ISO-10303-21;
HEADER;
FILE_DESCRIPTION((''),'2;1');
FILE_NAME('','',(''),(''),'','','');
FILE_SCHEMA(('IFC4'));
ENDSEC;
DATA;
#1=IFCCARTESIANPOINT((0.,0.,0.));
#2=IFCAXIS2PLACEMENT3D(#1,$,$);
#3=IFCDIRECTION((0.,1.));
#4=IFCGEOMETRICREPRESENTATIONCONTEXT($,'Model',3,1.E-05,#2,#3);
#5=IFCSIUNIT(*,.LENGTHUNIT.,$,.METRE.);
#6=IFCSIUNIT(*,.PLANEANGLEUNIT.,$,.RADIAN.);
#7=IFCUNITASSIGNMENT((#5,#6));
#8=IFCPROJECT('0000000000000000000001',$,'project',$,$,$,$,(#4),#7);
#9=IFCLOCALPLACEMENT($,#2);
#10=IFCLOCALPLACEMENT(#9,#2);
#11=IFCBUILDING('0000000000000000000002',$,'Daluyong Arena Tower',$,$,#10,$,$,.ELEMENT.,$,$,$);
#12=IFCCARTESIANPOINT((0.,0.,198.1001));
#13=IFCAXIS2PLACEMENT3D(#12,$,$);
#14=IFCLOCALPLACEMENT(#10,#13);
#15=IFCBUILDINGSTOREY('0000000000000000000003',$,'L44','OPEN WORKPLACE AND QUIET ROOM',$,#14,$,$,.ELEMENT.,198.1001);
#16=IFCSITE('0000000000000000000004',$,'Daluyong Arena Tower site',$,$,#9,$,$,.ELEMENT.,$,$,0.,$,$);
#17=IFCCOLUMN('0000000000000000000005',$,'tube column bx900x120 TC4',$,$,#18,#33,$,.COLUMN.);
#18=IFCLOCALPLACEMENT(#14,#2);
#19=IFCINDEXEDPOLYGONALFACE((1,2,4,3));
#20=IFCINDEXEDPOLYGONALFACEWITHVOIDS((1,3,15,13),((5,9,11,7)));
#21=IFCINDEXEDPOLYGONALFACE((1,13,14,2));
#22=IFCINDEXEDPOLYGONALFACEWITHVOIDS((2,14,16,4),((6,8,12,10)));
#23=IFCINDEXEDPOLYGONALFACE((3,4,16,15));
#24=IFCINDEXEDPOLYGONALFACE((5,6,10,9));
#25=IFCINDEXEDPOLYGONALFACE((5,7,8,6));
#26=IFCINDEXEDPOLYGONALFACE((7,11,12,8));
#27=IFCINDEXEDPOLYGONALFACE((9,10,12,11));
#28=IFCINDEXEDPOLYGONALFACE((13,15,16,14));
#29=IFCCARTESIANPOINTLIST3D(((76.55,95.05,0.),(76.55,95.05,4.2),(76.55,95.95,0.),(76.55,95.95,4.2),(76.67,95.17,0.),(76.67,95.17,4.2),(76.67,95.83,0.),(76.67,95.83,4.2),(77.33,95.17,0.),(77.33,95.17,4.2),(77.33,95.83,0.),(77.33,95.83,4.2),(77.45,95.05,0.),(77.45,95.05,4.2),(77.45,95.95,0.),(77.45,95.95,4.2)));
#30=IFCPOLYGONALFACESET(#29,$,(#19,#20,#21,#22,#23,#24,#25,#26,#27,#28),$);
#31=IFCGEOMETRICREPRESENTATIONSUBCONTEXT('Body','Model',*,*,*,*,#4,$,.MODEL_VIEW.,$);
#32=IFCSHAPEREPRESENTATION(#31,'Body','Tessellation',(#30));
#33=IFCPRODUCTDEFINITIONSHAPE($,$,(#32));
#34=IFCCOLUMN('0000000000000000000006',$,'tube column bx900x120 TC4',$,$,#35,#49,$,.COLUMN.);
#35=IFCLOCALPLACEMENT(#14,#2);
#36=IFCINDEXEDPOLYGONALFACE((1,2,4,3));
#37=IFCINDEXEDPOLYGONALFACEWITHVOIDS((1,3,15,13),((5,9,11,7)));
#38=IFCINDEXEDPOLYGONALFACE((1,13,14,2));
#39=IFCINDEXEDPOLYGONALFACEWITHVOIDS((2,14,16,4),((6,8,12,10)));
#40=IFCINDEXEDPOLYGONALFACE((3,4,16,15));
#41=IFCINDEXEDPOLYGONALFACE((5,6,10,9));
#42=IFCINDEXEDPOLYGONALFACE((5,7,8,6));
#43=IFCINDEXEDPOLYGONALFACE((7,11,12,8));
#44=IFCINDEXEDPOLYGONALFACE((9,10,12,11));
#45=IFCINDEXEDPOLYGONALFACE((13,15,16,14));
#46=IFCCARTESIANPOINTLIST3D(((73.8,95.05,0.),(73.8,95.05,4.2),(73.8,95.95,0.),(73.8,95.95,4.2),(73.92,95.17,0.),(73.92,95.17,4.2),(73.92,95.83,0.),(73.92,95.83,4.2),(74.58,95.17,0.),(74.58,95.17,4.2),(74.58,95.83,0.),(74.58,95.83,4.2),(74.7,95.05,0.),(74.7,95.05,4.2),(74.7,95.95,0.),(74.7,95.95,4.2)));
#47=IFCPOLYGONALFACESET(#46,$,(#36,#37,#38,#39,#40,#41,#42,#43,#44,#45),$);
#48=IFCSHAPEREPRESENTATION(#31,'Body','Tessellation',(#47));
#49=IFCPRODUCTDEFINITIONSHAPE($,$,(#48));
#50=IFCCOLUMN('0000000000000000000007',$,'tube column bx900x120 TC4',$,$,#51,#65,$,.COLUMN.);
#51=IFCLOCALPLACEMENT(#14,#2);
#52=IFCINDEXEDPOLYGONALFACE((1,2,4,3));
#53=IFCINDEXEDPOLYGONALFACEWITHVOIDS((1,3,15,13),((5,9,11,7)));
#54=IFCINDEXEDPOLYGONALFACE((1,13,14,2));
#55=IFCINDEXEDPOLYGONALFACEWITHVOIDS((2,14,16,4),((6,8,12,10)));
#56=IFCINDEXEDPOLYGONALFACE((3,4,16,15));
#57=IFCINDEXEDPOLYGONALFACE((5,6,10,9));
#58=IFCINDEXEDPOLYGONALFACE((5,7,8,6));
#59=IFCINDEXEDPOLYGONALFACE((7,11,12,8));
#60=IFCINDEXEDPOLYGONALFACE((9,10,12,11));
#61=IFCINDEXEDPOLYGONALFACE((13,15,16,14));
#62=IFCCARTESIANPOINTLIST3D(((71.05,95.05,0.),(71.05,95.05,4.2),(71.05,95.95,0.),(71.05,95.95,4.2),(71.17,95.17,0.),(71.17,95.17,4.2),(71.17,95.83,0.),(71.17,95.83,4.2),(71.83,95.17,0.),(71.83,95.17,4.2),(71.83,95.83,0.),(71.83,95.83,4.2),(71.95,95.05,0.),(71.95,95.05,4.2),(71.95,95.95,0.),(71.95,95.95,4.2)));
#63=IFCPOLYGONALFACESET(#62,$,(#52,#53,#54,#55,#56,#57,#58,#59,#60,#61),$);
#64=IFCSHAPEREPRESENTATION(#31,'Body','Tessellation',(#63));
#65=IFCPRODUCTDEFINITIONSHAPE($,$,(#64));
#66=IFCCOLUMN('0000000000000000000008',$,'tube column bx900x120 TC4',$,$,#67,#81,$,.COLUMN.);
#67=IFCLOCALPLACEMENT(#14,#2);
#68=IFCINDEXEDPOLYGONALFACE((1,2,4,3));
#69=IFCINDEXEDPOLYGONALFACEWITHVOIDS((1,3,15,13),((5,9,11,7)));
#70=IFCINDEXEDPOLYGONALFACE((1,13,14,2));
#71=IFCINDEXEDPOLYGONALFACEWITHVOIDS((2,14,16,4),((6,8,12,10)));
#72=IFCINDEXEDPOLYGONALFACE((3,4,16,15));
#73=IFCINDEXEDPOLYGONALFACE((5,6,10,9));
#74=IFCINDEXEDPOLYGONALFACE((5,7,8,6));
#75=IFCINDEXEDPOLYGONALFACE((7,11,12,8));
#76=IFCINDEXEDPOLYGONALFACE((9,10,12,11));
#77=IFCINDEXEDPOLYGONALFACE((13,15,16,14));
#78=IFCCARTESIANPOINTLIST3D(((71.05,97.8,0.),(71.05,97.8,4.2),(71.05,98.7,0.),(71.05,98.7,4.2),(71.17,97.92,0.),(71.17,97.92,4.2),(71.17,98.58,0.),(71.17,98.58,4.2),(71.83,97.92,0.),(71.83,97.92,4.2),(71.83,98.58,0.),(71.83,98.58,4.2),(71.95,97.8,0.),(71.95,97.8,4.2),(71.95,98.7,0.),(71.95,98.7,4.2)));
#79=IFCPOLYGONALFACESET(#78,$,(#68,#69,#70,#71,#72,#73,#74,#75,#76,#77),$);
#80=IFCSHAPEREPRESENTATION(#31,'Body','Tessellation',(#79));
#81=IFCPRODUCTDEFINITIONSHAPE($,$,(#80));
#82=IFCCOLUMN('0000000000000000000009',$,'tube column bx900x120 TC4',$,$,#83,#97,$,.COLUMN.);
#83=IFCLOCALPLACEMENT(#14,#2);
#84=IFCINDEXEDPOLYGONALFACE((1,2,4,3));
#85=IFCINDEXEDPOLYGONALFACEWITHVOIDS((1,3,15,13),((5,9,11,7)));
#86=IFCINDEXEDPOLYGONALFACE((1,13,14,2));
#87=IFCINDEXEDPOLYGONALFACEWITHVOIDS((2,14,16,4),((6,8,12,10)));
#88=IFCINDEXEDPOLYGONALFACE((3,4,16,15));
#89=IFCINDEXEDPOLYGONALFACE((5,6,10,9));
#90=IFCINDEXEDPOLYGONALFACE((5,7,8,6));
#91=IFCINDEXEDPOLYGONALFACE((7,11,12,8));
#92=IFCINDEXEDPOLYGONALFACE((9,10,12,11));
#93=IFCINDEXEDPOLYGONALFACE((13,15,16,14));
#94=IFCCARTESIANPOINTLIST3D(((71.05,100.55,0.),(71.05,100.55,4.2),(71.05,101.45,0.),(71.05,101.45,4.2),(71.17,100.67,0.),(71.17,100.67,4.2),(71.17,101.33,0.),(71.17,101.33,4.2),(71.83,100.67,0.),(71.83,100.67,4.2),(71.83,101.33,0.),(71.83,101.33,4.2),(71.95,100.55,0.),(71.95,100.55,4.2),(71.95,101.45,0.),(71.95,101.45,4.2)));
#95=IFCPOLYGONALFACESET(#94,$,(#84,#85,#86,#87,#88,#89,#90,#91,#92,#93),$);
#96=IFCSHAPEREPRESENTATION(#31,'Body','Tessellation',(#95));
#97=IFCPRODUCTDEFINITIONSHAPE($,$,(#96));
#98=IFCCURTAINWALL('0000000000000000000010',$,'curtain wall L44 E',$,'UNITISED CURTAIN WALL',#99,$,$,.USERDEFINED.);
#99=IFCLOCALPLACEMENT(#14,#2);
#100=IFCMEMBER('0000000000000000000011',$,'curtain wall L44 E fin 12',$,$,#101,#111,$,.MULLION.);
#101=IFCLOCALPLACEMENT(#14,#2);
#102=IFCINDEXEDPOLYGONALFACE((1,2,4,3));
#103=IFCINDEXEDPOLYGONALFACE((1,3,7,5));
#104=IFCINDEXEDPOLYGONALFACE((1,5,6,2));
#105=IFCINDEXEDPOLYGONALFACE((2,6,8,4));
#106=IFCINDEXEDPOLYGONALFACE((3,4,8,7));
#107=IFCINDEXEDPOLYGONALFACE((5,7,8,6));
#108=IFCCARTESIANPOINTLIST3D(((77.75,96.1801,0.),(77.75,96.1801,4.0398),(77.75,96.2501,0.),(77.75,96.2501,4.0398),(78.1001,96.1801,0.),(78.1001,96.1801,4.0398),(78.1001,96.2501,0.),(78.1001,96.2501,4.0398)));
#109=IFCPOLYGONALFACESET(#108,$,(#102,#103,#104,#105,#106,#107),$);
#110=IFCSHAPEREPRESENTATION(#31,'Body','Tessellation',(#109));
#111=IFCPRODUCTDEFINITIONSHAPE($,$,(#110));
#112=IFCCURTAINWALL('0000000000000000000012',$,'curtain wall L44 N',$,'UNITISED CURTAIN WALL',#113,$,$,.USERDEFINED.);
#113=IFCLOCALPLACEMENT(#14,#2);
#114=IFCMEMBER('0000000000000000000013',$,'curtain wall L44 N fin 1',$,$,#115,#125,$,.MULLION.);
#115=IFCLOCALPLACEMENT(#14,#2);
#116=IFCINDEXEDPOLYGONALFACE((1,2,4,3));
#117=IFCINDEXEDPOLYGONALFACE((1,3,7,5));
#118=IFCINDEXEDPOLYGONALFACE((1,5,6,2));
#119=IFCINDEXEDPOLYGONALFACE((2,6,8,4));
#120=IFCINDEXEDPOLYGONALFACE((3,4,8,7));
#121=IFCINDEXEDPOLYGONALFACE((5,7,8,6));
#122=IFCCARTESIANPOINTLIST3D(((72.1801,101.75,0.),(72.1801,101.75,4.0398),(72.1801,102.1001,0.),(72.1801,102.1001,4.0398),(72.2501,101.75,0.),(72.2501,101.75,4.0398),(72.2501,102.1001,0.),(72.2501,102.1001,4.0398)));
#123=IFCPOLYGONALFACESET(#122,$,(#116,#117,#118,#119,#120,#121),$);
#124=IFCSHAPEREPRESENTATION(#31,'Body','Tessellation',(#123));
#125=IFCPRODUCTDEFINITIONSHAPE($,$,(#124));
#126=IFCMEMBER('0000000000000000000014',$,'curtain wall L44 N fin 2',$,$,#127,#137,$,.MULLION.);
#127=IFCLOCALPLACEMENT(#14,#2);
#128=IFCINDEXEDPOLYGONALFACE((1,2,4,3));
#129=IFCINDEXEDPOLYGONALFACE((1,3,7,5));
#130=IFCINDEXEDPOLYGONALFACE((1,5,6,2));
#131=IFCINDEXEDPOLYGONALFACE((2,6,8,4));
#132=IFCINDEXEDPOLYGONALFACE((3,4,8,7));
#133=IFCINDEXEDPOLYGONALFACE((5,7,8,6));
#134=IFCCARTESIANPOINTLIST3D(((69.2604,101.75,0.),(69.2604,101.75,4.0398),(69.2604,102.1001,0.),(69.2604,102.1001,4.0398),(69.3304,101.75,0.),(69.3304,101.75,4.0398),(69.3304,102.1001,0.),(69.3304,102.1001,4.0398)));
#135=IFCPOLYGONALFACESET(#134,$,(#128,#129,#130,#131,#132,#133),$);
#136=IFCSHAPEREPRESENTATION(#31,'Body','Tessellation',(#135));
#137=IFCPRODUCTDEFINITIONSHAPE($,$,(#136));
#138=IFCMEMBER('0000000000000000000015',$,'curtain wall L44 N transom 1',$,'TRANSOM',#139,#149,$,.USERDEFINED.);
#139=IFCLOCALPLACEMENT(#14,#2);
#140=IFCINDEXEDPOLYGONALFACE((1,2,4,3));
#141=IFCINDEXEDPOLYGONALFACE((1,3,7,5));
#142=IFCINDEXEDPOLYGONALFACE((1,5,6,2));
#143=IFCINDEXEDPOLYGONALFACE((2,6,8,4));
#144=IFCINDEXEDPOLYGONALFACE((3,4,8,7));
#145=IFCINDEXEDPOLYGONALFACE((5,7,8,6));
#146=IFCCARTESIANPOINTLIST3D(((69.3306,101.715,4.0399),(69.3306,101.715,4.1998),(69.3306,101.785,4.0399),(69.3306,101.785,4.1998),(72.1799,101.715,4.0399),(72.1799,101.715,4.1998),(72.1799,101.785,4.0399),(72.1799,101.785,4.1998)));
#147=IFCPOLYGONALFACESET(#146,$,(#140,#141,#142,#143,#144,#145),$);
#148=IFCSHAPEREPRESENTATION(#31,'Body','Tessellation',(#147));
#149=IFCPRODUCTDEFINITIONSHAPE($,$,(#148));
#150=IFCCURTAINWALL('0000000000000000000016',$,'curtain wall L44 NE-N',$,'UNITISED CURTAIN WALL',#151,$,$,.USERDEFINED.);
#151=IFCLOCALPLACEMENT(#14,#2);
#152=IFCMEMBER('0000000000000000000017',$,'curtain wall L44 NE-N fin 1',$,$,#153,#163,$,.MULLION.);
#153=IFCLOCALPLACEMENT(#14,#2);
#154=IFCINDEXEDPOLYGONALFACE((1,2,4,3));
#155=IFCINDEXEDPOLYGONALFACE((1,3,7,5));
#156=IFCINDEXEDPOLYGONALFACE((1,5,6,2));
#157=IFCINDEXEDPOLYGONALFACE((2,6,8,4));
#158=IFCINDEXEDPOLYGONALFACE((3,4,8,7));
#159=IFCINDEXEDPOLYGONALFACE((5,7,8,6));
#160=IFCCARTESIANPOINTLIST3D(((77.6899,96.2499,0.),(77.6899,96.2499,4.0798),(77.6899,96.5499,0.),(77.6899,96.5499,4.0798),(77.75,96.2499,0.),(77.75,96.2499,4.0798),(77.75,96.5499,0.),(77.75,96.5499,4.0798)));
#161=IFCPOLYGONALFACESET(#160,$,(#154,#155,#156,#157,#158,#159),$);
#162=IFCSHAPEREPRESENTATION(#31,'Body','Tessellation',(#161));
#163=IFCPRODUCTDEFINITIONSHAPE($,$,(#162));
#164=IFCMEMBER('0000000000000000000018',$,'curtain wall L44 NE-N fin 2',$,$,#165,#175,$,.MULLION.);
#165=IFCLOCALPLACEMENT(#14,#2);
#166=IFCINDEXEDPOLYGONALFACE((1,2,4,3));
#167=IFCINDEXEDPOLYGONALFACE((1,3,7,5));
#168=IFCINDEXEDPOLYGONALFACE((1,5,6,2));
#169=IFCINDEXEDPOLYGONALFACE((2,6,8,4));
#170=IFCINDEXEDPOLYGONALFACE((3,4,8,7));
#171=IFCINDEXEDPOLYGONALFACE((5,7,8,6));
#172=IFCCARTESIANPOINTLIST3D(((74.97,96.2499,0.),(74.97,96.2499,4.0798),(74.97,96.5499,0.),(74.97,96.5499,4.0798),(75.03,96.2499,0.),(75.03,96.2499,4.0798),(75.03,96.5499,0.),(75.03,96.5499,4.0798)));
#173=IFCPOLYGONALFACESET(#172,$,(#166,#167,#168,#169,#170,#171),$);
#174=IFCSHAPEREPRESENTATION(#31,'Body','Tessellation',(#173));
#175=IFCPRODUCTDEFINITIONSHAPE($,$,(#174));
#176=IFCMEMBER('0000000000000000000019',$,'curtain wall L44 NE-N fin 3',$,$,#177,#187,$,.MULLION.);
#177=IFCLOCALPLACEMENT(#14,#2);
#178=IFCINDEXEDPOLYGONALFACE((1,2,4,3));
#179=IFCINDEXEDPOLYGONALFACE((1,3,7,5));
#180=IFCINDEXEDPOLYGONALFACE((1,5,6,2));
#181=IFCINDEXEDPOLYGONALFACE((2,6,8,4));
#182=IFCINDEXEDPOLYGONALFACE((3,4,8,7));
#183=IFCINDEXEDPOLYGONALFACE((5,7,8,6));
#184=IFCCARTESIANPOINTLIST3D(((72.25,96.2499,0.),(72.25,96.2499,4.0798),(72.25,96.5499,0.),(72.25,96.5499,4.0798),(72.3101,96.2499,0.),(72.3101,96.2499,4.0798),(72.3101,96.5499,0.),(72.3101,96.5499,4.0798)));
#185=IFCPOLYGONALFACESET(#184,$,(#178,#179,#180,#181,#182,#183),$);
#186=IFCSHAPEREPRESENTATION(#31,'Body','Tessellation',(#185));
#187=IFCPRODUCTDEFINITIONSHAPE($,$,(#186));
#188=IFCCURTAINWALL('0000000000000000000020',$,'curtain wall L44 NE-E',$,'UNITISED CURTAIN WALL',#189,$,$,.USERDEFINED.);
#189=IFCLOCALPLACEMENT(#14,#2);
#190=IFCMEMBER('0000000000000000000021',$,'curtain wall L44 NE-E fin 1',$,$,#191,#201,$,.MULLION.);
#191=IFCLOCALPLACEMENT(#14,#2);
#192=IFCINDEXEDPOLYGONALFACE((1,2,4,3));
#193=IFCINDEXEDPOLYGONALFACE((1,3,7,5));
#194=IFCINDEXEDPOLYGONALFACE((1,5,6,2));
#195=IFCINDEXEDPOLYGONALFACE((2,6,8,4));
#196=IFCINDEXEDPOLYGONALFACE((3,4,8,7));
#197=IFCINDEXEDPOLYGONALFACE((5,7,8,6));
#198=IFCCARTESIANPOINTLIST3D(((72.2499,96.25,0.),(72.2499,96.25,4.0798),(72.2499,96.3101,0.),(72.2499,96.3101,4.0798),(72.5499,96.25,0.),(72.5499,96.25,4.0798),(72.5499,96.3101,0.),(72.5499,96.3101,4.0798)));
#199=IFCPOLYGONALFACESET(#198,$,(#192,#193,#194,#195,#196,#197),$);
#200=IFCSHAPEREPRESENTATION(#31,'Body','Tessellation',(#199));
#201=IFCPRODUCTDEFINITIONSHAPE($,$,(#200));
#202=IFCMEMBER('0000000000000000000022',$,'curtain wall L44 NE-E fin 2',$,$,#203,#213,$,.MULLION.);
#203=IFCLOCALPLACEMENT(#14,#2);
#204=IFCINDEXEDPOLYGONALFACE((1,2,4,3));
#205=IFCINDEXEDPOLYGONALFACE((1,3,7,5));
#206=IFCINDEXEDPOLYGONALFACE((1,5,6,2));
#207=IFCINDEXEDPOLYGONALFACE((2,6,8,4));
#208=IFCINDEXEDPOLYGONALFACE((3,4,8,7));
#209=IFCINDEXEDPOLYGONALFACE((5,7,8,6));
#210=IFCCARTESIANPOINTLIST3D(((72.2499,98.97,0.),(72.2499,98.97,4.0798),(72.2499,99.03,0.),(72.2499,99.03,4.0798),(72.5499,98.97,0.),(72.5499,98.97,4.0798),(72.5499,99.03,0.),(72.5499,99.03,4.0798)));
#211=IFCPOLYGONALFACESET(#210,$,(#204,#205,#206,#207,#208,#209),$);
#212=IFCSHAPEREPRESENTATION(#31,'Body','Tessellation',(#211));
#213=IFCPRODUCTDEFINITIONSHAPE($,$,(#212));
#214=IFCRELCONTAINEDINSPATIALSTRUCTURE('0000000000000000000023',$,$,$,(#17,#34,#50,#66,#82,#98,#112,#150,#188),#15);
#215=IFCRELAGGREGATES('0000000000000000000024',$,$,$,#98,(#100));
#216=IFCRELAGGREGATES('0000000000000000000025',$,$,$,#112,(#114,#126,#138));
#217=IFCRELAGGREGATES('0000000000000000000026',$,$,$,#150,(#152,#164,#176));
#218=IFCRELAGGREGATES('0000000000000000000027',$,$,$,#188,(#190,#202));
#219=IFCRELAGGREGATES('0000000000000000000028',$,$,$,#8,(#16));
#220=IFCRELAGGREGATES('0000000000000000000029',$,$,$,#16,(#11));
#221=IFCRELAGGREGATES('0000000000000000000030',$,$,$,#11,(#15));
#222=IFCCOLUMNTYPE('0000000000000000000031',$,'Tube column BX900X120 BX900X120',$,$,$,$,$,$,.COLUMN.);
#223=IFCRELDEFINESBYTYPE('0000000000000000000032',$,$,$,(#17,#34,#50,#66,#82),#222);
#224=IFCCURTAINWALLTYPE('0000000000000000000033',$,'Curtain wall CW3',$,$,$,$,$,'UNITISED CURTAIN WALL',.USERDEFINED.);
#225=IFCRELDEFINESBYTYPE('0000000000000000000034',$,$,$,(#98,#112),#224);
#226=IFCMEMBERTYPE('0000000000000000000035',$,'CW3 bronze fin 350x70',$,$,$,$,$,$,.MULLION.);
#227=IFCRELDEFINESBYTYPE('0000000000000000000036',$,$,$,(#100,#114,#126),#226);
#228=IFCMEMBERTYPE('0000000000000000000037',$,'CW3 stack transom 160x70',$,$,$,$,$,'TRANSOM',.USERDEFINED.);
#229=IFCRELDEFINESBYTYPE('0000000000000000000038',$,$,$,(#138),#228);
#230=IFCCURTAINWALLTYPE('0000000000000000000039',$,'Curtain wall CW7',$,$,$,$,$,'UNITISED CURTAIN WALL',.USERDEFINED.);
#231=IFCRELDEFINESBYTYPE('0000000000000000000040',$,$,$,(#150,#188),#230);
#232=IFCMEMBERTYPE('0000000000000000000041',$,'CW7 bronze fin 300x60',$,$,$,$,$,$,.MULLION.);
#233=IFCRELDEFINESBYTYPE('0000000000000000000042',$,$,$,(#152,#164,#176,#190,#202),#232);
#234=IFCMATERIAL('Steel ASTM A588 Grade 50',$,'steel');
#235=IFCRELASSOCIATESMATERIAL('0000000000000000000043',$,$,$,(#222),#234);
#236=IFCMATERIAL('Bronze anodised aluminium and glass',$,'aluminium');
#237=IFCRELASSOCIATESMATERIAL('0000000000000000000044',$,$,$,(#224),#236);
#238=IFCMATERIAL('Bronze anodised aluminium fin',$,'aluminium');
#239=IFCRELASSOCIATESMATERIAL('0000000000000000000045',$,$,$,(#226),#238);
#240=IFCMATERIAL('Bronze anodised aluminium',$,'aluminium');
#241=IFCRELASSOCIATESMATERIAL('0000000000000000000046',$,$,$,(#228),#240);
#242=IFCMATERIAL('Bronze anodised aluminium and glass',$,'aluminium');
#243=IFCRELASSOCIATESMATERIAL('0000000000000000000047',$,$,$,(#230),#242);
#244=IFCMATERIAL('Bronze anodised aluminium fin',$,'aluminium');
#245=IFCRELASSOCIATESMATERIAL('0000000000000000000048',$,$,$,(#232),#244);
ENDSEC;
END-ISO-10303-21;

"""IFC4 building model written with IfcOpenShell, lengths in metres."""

from ifc_helpers import new_model, si_unit, direction, frame, origin, origin_2d, place, context, subcontext, project, spatial, rectangle, hollow_rectangle, extrude, material, material_profile, profile_set, type_object, element, aggregate, save


model = new_model("IFC4")

# Units and contexts
model_context = context("Model", 3, precision=1e-05, world=origin(), true_north=direction((0.0, 1.0)))
body_context = subcontext(model_context, "Body", "Model", "MODEL_VIEW")
ifc_project = project(units=[si_unit("LENGTHUNIT", "METRE"), si_unit("PLANEANGLEUNIT", "RADIAN")], contexts=[model_context])

# Site, building, storey
site_placement = place(None, origin())
site = spatial("IfcSite", under=ifc_project, at=site_placement, Name="Daluyong Arena Tower site", CompositionType="ELEMENT", RefElevation=0.0)
building_placement = place(site_placement, origin())
building = spatial("IfcBuilding", under=site, at=building_placement, Name="Daluyong Arena Tower", CompositionType="ELEMENT")
storey_placement = place(building_placement, frame((0.0, 0.0, 198.1001)))
storey = spatial("IfcBuildingStorey", under=building, at=storey_placement, Name="L44", Description="OPEN WORKPLACE AND QUIET ROOM", CompositionType="ELEMENT", Elevation=198.1001)

# Columns
ifc_material_1 = material(Name="Steel ASTM A588 Grade 50", Category="steel")
ifc_material_profile_1 = material_profile(ifc_material_1, hollow_rectangle(XDim=0.8999, YDim=0.8999, WallThickness=0.12, at=origin_2d()))
ifc_profile_set_1 = profile_set([ifc_material_profile_1], Name="Steel ASTM A588 Grade 50")
column_type = type_object("IfcColumnType", Name="Tube column BX900X120 BX900X120", PredefinedType="COLUMN", material=ifc_profile_set_1)
for number, where, z_axis, x_axis, name in (
    (1, (77.0, 95.5, 0.0), (0.0, 0.0, 1.0), (1.0, 0.0, 0.0), "tube column bx900x120 TC4"),
    (2, (74.25, 95.5, 0.0), (0.0, 0.0, 1.0), (1.0, 0.0, 0.0), "tube column bx900x120 TC4"),
    (3, (71.5, 95.5, 0.0), (0.0, 0.0, 1.0), (0.0, 1.0, 0.0), "tube column bx900x120 TC4"),
    (4, (71.5, 98.25, 0.0), (0.0, 0.0, 1.0), (0.0, 1.0, 0.0), "tube column bx900x120 TC4"),
    (5, (71.5, 101.0, 0.0), (0.0, 0.0, 1.0), (1.0, 0.0, 0.0), "tube column bx900x120 TC4"),
):
    element("IfcColumn", number, at=place(storey_placement, frame(where, z_axis=z_axis, x_axis=x_axis)), inside=storey, type_object=column_type, Name=name, PredefinedType="COLUMN", context=body_context, shape_type="SweptSolid", body=[
        extrude(hollow_rectangle(XDim=0.8999, YDim=0.8999, WallThickness=0.12, at=origin_2d()), origin(), (0.0, 0.0, 1.0), 4.2),
    ])

# Curtain wall, member
ifc_material_2 = material(Name="Bronze anodised aluminium and glass", Category="aluminium")
curtain_wall_type_1 = type_object("IfcCurtainWallType", Name="Curtain wall CW3", ElementType="UNITISED CURTAIN WALL", PredefinedType="USERDEFINED", material=ifc_material_2)
curtain_wall_1_placement = place(storey_placement, origin())
curtain_wall_1 = element("IfcCurtainWall", 6, at=curtain_wall_1_placement, inside=storey, type_object=curtain_wall_type_1, Name="curtain wall L44 E", ObjectType="UNITISED CURTAIN WALL", PredefinedType="USERDEFINED")
ifc_material_3 = material(Name="Bronze anodised aluminium fin", Category="aluminium")
ifc_material_profile_2 = material_profile(ifc_material_3, rectangle(XDim=0.3501, YDim=0.0701, at=origin_2d()))
ifc_profile_set_2 = profile_set([ifc_material_profile_2], Name="Bronze anodised aluminium fin")
member_type_1 = type_object("IfcMemberType", Name="CW3 bronze fin 350x70", PredefinedType="MULLION", material=ifc_profile_set_2)
member_1_placement = place(storey_placement, frame((77.925, 96.2151, 0.0), z_axis=(0.0, 0.0, 1.0), x_axis=(-1.0, 0.0, 0.0)))
member_1 = element("IfcMember", 7, at=member_1_placement, type_object=member_type_1, Name="curtain wall L44 E fin 12", PredefinedType="MULLION", context=body_context, shape_type="SweptSolid", body=[
    extrude(rectangle(XDim=0.3501, YDim=0.0701, at=origin_2d()), origin(), (0.0, 0.0, 1.0), 4.0398),
])

# Curtain walls, members
curtain_wall_2_placement = place(storey_placement, origin())
curtain_wall_2 = element("IfcCurtainWall", 8, at=curtain_wall_2_placement, inside=storey, type_object=curtain_wall_type_1, Name="curtain wall L44 N", ObjectType="UNITISED CURTAIN WALL", PredefinedType="USERDEFINED")
member_2_placement = place(storey_placement, frame((72.2151, 101.925, 0.0), z_axis=(0.0, 0.0, 1.0), x_axis=(0.0, -1.0, 0.0)))
member_2 = element("IfcMember", 9, at=member_2_placement, type_object=member_type_1, Name="curtain wall L44 N fin 1", PredefinedType="MULLION", context=body_context, shape_type="SweptSolid", body=[
    extrude(rectangle(XDim=0.3501, YDim=0.0701, at=origin_2d()), origin(), (0.0, 0.0, 1.0), 4.0398),
])
member_3_placement = place(storey_placement, frame((69.2954, 101.925, 0.0), z_axis=(0.0, 0.0, 1.0), x_axis=(0.0, -1.0, 0.0)))
member_3 = element("IfcMember", 10, at=member_3_placement, type_object=member_type_1, Name="curtain wall L44 N fin 2", PredefinedType="MULLION", context=body_context, shape_type="SweptSolid", body=[
    extrude(rectangle(XDim=0.3501, YDim=0.0701, at=origin_2d()), origin(), (0.0, 0.0, 1.0), 4.0398),
])
ifc_material_4 = material(Name="Bronze anodised aluminium", Category="aluminium")
ifc_material_profile_3 = material_profile(ifc_material_4, rectangle(XDim=0.0701, YDim=0.1599, at=origin_2d()))
ifc_profile_set_3 = profile_set([ifc_material_profile_3], Name="Bronze anodised aluminium")
member_type_2 = type_object("IfcMemberType", Name="CW3 stack transom 160x70", ElementType="TRANSOM", PredefinedType="USERDEFINED", material=ifc_profile_set_3)
member_4_placement = place(storey_placement, frame((72.1799, 101.75, 4.1199), z_axis=(-1.0, 0.0, 0.0), x_axis=(0.0, -1.0, 0.0)))
member_4 = element("IfcMember", 11, at=member_4_placement, type_object=member_type_2, Name="curtain wall L44 N transom 1", ObjectType="TRANSOM", PredefinedType="USERDEFINED", context=body_context, shape_type="SweptSolid", body=[
    extrude(rectangle(XDim=0.0701, YDim=0.1599, at=origin_2d()), origin(), (0.0, 0.0, 1.0), 2.8494),
])
ifc_material_5 = material(Name="Bronze anodised aluminium and glass", Category="aluminium")
curtain_wall_type_2 = type_object("IfcCurtainWallType", Name="Curtain wall CW7", ElementType="UNITISED CURTAIN WALL", PredefinedType="USERDEFINED", material=ifc_material_5)
curtain_wall_3_placement = place(storey_placement, origin())
curtain_wall_3 = element("IfcCurtainWall", 12, at=curtain_wall_3_placement, inside=storey, type_object=curtain_wall_type_2, Name="curtain wall L44 NE-N", ObjectType="UNITISED CURTAIN WALL", PredefinedType="USERDEFINED")
ifc_material_6 = material(Name="Bronze anodised aluminium fin", Category="aluminium")
ifc_material_profile_4 = material_profile(ifc_material_6, rectangle(XDim=0.3, YDim=0.0601, at=origin_2d()))
ifc_profile_set_4 = profile_set([ifc_material_profile_4], Name="Bronze anodised aluminium fin")
member_type_3 = type_object("IfcMemberType", Name="CW7 bronze fin 300x60", PredefinedType="MULLION", material=ifc_profile_set_4)
member_5_placement = place(storey_placement, frame((77.72, 96.3999, 0.0), z_axis=(0.0, 0.0, 1.0), x_axis=(0.0, -1.0, 0.0)))
member_5 = element("IfcMember", 13, at=member_5_placement, type_object=member_type_3, Name="curtain wall L44 NE-N fin 1", PredefinedType="MULLION", context=body_context, shape_type="SweptSolid", body=[
    extrude(rectangle(XDim=0.3, YDim=0.0601, at=origin_2d()), origin(), (0.0, 0.0, 1.0), 4.0798),
])
member_6_placement = place(storey_placement, frame((75.0, 96.3999, 0.0), z_axis=(0.0, 0.0, 1.0), x_axis=(0.0, -1.0, 0.0)))
member_6 = element("IfcMember", 14, at=member_6_placement, type_object=member_type_3, Name="curtain wall L44 NE-N fin 2", PredefinedType="MULLION", context=body_context, shape_type="SweptSolid", body=[
    extrude(rectangle(XDim=0.3, YDim=0.0601, at=origin_2d()), origin(), (0.0, 0.0, 1.0), 4.0798),
])
member_7_placement = place(storey_placement, frame((72.28, 96.3999, 0.0), z_axis=(0.0, 0.0, 1.0), x_axis=(0.0, -1.0, 0.0)))
member_7 = element("IfcMember", 15, at=member_7_placement, type_object=member_type_3, Name="curtain wall L44 NE-N fin 3", PredefinedType="MULLION", context=body_context, shape_type="SweptSolid", body=[
    extrude(rectangle(XDim=0.3, YDim=0.0601, at=origin_2d()), origin(), (0.0, 0.0, 1.0), 4.0798),
])
curtain_wall_4_placement = place(storey_placement, origin())
curtain_wall_4 = element("IfcCurtainWall", 16, at=curtain_wall_4_placement, inside=storey, type_object=curtain_wall_type_2, Name="curtain wall L44 NE-E", ObjectType="UNITISED CURTAIN WALL", PredefinedType="USERDEFINED")
member_8_placement = place(storey_placement, frame((72.3999, 96.28, 0.0), z_axis=(0.0, 0.0, 1.0), x_axis=(-1.0, 0.0, 0.0)))
member_8 = element("IfcMember", 17, at=member_8_placement, type_object=member_type_3, Name="curtain wall L44 NE-E fin 1", PredefinedType="MULLION", context=body_context, shape_type="SweptSolid", body=[
    extrude(rectangle(XDim=0.3, YDim=0.0601, at=origin_2d()), origin(), (0.0, 0.0, 1.0), 4.0798),
])
member_9_placement = place(storey_placement, frame((72.3999, 99.0, 0.0), z_axis=(0.0, 0.0, 1.0), x_axis=(-1.0, 0.0, 0.0)))
member_9 = element("IfcMember", 18, at=member_9_placement, type_object=member_type_3, Name="curtain wall L44 NE-E fin 2", PredefinedType="MULLION", context=body_context, shape_type="SweptSolid", body=[
    extrude(rectangle(XDim=0.3, YDim=0.0601, at=origin_2d()), origin(), (0.0, 0.0, 1.0), 4.0798),
])

aggregate(curtain_wall_1, [member_1])
aggregate(curtain_wall_2, [member_2, member_3, member_4])
aggregate(curtain_wall_3, [member_5, member_6, member_7])
aggregate(curtain_wall_4, [member_8, member_9])

save(model, "model.ifc")
